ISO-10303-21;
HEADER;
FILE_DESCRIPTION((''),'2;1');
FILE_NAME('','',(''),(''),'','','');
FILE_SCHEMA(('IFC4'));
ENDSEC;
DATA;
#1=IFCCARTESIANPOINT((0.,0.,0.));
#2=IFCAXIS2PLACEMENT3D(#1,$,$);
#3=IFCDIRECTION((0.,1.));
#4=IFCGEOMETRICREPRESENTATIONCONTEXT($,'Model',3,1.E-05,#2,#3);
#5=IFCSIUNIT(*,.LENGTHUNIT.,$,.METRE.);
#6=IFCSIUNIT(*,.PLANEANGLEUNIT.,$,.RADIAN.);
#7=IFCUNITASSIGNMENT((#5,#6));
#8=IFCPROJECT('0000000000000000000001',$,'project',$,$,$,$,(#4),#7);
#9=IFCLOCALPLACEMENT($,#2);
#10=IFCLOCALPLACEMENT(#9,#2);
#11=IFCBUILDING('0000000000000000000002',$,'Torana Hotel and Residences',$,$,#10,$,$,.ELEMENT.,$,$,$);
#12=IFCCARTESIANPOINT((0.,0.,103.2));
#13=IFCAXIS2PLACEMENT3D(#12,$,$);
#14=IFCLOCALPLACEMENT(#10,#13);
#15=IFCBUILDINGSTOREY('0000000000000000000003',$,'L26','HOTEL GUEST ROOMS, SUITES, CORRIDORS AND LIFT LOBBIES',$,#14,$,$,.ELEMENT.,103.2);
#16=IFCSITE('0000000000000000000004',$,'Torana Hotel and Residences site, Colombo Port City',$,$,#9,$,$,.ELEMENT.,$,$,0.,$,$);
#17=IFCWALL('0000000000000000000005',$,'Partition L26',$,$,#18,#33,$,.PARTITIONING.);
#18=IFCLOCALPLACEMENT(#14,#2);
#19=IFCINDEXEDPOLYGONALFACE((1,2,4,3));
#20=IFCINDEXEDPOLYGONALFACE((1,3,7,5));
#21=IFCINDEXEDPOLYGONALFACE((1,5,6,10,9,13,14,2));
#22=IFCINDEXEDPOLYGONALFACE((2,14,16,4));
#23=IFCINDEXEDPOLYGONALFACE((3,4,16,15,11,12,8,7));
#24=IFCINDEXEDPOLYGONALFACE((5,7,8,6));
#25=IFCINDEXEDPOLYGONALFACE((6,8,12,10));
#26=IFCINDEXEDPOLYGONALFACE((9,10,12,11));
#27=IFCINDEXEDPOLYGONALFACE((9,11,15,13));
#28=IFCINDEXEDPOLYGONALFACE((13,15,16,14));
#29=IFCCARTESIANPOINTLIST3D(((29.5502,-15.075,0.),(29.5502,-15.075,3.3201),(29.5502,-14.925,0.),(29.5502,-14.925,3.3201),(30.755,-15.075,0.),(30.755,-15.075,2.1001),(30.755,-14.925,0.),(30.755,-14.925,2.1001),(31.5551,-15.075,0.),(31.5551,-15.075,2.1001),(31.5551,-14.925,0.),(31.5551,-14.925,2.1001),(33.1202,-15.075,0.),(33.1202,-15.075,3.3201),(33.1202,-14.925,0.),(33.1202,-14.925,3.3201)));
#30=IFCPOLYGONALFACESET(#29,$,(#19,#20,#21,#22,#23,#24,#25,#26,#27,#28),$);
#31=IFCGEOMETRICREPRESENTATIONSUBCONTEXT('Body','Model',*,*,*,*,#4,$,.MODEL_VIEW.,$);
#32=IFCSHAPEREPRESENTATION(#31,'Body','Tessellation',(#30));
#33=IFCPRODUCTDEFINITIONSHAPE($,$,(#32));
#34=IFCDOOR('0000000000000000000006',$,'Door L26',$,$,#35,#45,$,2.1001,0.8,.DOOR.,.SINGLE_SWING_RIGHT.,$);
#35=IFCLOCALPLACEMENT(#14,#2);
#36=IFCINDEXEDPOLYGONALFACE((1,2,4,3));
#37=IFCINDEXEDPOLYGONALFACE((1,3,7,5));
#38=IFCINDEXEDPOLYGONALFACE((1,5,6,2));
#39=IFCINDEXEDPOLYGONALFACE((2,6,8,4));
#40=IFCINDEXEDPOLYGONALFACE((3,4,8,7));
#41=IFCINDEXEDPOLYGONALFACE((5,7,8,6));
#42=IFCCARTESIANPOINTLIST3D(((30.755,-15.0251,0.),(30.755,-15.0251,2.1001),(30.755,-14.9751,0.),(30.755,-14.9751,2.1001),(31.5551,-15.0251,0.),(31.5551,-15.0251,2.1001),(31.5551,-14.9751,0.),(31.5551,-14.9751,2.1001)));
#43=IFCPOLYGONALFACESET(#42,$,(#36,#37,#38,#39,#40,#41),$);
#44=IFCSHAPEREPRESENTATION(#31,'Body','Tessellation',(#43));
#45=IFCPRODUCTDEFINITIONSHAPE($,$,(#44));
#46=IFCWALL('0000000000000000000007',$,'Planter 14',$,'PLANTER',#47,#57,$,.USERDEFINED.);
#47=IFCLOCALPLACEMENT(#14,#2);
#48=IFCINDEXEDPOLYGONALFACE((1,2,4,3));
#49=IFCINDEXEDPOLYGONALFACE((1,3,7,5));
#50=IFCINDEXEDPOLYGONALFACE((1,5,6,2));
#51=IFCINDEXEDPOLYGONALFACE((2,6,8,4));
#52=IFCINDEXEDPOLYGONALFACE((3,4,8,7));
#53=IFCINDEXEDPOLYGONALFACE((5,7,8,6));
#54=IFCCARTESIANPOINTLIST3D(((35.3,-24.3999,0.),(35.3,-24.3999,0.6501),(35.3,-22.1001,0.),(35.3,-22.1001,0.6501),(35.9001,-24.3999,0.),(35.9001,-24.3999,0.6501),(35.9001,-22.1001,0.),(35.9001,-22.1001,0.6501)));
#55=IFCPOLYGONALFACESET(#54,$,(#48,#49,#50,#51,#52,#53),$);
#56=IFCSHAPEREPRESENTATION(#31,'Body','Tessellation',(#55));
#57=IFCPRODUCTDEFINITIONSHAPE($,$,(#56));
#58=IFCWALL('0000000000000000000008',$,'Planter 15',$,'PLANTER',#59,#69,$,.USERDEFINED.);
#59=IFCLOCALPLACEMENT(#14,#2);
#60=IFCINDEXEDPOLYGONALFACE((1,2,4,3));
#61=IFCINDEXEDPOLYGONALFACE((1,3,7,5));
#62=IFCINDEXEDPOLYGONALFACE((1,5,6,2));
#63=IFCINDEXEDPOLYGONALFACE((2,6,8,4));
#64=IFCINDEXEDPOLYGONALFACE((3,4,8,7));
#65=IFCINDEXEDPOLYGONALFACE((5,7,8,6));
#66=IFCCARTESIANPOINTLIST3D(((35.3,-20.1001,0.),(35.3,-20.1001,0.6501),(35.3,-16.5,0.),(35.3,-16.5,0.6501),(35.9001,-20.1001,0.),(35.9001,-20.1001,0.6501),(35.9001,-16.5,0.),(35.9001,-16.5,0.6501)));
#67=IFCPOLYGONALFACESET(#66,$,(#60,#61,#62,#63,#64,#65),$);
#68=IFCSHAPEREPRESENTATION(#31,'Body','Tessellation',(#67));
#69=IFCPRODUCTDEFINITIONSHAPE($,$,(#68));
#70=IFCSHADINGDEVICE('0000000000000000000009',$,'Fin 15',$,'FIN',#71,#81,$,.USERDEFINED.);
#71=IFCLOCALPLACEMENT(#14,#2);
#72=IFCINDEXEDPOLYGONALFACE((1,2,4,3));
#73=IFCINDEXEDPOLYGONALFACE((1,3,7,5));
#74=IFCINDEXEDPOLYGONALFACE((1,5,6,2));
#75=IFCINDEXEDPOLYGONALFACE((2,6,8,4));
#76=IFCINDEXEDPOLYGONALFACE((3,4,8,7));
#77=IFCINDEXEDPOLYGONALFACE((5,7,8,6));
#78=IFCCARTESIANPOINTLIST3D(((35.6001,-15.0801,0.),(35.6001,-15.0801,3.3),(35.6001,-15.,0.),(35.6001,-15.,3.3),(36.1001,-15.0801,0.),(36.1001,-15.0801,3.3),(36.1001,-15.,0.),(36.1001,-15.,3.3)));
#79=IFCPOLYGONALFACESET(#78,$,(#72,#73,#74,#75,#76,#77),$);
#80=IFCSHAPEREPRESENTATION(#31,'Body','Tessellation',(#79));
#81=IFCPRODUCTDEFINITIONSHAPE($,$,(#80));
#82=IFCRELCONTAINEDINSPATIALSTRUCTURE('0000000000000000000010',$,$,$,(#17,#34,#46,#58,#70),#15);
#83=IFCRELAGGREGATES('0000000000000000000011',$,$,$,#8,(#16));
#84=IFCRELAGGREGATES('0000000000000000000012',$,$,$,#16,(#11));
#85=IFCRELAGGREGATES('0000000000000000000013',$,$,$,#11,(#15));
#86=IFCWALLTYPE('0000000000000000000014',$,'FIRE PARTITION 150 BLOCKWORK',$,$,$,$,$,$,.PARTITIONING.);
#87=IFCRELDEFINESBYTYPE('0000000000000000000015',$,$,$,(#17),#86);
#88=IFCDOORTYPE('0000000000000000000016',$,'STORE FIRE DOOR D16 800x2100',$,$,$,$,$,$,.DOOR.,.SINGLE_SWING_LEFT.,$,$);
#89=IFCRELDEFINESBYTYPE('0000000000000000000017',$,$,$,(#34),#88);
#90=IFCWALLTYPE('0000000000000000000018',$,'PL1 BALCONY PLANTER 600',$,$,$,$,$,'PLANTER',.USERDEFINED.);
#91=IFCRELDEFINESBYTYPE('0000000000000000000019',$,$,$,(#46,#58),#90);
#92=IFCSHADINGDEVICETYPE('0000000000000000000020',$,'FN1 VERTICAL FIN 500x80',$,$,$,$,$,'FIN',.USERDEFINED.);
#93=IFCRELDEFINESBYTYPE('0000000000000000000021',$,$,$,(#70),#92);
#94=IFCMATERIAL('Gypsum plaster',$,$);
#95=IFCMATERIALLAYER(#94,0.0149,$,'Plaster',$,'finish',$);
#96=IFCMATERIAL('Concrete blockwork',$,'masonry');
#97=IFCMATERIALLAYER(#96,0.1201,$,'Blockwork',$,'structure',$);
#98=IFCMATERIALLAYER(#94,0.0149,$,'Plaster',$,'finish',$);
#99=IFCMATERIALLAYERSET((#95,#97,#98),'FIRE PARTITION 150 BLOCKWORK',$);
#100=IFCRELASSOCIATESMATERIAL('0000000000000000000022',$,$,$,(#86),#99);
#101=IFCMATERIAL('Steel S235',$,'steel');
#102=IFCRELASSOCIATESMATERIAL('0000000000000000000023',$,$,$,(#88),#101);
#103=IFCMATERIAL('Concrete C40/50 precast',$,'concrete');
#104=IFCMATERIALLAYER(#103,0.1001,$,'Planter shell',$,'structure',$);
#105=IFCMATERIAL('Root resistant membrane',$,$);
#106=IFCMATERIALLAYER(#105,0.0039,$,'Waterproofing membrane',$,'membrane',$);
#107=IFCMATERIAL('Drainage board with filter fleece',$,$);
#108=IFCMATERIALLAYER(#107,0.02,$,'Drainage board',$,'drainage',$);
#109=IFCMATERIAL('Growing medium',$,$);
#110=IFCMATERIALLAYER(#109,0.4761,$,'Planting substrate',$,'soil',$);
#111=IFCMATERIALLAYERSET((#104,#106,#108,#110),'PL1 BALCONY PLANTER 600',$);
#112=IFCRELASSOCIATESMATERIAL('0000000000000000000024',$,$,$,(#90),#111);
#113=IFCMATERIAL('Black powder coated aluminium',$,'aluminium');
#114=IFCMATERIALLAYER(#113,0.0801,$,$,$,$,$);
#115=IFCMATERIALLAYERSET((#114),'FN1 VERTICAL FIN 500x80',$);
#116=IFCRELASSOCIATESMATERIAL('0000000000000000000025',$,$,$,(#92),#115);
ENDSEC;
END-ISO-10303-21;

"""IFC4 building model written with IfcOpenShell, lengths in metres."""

from ifc_helpers import new_model, si_unit, direction, frame, frame_2d, origin, origin_2d, place, context, subcontext, project, spatial, rectangle, extrude, material, layer, layer_set, type_object, element, fill, save


model = new_model("IFC4")

# Units and contexts
model_context = context("Model", 3, precision=1e-05, world=origin(), true_north=direction((0.0, 1.0)))
body_context = subcontext(model_context, "Body", "Model", "MODEL_VIEW")
ifc_project = project(units=[si_unit("LENGTHUNIT", "METRE"), si_unit("PLANEANGLEUNIT", "RADIAN")], contexts=[model_context])

# Site, building, storey
site_placement = place(None, origin())
site = spatial("IfcSite", under=ifc_project, at=site_placement, Name="Torana Hotel and Residences site, Colombo Port City", CompositionType="ELEMENT", RefElevation=0.0)
building_placement = place(site_placement, origin())
building = spatial("IfcBuilding", under=site, at=building_placement, Name="Torana Hotel and Residences", CompositionType="ELEMENT")
storey_placement = place(building_placement, frame((0.0, 0.0, 103.2)))
storey = spatial("IfcBuildingStorey", under=building, at=storey_placement, Name="L26", Description="HOTEL GUEST ROOMS, SUITES, CORRIDORS AND LIFT LOBBIES", CompositionType="ELEMENT", Elevation=103.2)

# Wall, opening, door
ifc_material_1 = material(Name="Gypsum plaster")
ifc_layer_1 = layer(ifc_material_1, 0.0149, Name="Plaster", Category="finish")
ifc_material_2 = material(Name="Concrete blockwork", Category="masonry")
ifc_layer_2 = layer(ifc_material_2, 0.1201, Name="Blockwork", Category="structure")
ifc_layer_3 = layer(ifc_material_1, 0.0149, Name="Plaster", Category="finish")
ifc_layer_set_1 = layer_set([ifc_layer_1, ifc_layer_2, ifc_layer_3], Name="FIRE PARTITION 150 BLOCKWORK")
wall_type_1 = type_object("IfcWallType", Name="FIRE PARTITION 150 BLOCKWORK", PredefinedType="PARTITIONING", material=ifc_layer_set_1)
wall_1_placement = place(storey_placement, frame((29.55, -15.0, 0.0), z_axis=(0.0, 0.0, 1.0), x_axis=(1.0, 0.0, 0.0)))
wall_1 = element("IfcWall", 1, at=wall_1_placement, inside=storey, type_object=wall_type_1, Name="Partition L26", PredefinedType="PARTITIONING", context=body_context, shape_type="SweptSolid", body=[
    extrude(rectangle(XDim=3.5701, YDim=0.1499, at=frame_2d((1.7852, 0.0))), origin(), (0.0, 0.0, 1.0), 3.3201),
])
opening_1_placement = place(wall_1_placement, frame((1.2051, 0.0, 0.0)))
opening_1 = element("IfcOpeningElement", 2, at=opening_1_placement, cuts=wall_1, PredefinedType="OPENING", context=body_context, shape_type="SweptSolid", body=[
    extrude(rectangle(XDim=0.8, YDim=2.1001, at=frame_2d((0.3999, 1.05))), frame((0.0, 0.085, 0.0), z_axis=(0.0, -1.0, 0.0), x_axis=(1.0, 0.0, 0.0)), (0.0, 0.0, 1.0), 0.1699),
])
ifc_material_3 = material(Name="Steel S235", Category="steel")
door_type_1 = type_object("IfcDoorType", Name="STORE FIRE DOOR D16 800x2100", OperationType="SINGLE_SWING_LEFT", PredefinedType="DOOR", material=ifc_material_3)
door_1_placement = place(opening_1_placement, origin())
door_1 = element("IfcDoor", 3, at=door_1_placement, inside=storey, type_object=door_type_1, Name="Door L26", OperationType="SINGLE_SWING_RIGHT", OverallHeight=2.1001, OverallWidth=0.8, PredefinedType="DOOR", context=body_context, shape_type="SweptSolid", body=[
    extrude(rectangle(XDim=0.8, YDim=2.1001, at=frame_2d((0.3999, 1.05))), frame((0.0, 0.0249, 0.0), z_axis=(0.0, -1.0, 0.0), x_axis=(1.0, 0.0, 0.0)), (0.0, 0.0, 1.0), 0.05),
])
fill(opening_1, door_1)

# Walls
ifc_material_4 = material(Name="Concrete C40/50 precast", Category="concrete")
ifc_layer_4 = layer(ifc_material_4, 0.1001, Name="Planter shell", Category="structure")
ifc_material_5 = material(Name="Root resistant membrane")
ifc_layer_5 = layer(ifc_material_5, 0.0039, Name="Waterproofing membrane", Category="membrane")
ifc_material_6 = material(Name="Drainage board with filter fleece")
ifc_layer_6 = layer(ifc_material_6, 0.02, Name="Drainage board", Category="drainage")
ifc_material_7 = material(Name="Growing medium")
ifc_layer_7 = layer(ifc_material_7, 0.4761, Name="Planting substrate", Category="soil")
ifc_layer_set_2 = layer_set([ifc_layer_4, ifc_layer_5, ifc_layer_6, ifc_layer_7], Name="PL1 BALCONY PLANTER 600")
wall_type_2 = type_object("IfcWallType", Name="PL1 BALCONY PLANTER 600", ElementType="PLANTER", PredefinedType="USERDEFINED", material=ifc_layer_set_2)
wall_2_placement = place(storey_placement, frame((35.6001, -22.1001, 0.0), z_axis=(0.0, 0.0, 1.0), x_axis=(0.0, -1.0, 0.0)))
element("IfcWall", 4, at=wall_2_placement, inside=storey, type_object=wall_type_2, Name="Planter 14", ObjectType="PLANTER", PredefinedType="USERDEFINED", context=body_context, shape_type="SweptSolid", body=[
    extrude(rectangle(XDim=2.2998, YDim=0.6001, at=frame_2d((1.1499, 0.0))), origin(), (0.0, 0.0, 1.0), 0.6501),
])
wall_3_placement = place(storey_placement, frame((35.6001, -16.5, 0.0), z_axis=(0.0, 0.0, 1.0), x_axis=(0.0, -1.0, 0.0)))
element("IfcWall", 5, at=wall_3_placement, inside=storey, type_object=wall_type_2, Name="Planter 15", ObjectType="PLANTER", PredefinedType="USERDEFINED", context=body_context, shape_type="SweptSolid", body=[
    extrude(rectangle(XDim=3.6001, YDim=0.6001, at=frame_2d((1.8, 0.0))), origin(), (0.0, 0.0, 1.0), 0.6501),
])

# Shading device
ifc_material_8 = material(Name="Black powder coated aluminium", Category="aluminium")
ifc_layer_8 = layer(ifc_material_8, 0.0801)
ifc_layer_set_3 = layer_set([ifc_layer_8], Name="FN1 VERTICAL FIN 500x80")
shading_device_type = type_object("IfcShadingDeviceType", Name="FN1 VERTICAL FIN 500x80", ElementType="FIN", PredefinedType="USERDEFINED", material=ifc_layer_set_3)
shading_device_placement = place(storey_placement, frame((35.8501, -15.04, 0.0), z_axis=(0.0, 0.0, 1.0), x_axis=(0.0, -1.0, 0.0)))
element("IfcShadingDevice", 6, at=shading_device_placement, inside=storey, type_object=shading_device_type, Name="Fin 15", ObjectType="FIN", PredefinedType="USERDEFINED", context=body_context, shape_type="SweptSolid", body=[
    extrude(rectangle(XDim=0.0801, YDim=0.5, at=origin_2d()), origin(), (0.0, 0.0, 1.0), 3.3),
])

save(model, "model.ifc")
